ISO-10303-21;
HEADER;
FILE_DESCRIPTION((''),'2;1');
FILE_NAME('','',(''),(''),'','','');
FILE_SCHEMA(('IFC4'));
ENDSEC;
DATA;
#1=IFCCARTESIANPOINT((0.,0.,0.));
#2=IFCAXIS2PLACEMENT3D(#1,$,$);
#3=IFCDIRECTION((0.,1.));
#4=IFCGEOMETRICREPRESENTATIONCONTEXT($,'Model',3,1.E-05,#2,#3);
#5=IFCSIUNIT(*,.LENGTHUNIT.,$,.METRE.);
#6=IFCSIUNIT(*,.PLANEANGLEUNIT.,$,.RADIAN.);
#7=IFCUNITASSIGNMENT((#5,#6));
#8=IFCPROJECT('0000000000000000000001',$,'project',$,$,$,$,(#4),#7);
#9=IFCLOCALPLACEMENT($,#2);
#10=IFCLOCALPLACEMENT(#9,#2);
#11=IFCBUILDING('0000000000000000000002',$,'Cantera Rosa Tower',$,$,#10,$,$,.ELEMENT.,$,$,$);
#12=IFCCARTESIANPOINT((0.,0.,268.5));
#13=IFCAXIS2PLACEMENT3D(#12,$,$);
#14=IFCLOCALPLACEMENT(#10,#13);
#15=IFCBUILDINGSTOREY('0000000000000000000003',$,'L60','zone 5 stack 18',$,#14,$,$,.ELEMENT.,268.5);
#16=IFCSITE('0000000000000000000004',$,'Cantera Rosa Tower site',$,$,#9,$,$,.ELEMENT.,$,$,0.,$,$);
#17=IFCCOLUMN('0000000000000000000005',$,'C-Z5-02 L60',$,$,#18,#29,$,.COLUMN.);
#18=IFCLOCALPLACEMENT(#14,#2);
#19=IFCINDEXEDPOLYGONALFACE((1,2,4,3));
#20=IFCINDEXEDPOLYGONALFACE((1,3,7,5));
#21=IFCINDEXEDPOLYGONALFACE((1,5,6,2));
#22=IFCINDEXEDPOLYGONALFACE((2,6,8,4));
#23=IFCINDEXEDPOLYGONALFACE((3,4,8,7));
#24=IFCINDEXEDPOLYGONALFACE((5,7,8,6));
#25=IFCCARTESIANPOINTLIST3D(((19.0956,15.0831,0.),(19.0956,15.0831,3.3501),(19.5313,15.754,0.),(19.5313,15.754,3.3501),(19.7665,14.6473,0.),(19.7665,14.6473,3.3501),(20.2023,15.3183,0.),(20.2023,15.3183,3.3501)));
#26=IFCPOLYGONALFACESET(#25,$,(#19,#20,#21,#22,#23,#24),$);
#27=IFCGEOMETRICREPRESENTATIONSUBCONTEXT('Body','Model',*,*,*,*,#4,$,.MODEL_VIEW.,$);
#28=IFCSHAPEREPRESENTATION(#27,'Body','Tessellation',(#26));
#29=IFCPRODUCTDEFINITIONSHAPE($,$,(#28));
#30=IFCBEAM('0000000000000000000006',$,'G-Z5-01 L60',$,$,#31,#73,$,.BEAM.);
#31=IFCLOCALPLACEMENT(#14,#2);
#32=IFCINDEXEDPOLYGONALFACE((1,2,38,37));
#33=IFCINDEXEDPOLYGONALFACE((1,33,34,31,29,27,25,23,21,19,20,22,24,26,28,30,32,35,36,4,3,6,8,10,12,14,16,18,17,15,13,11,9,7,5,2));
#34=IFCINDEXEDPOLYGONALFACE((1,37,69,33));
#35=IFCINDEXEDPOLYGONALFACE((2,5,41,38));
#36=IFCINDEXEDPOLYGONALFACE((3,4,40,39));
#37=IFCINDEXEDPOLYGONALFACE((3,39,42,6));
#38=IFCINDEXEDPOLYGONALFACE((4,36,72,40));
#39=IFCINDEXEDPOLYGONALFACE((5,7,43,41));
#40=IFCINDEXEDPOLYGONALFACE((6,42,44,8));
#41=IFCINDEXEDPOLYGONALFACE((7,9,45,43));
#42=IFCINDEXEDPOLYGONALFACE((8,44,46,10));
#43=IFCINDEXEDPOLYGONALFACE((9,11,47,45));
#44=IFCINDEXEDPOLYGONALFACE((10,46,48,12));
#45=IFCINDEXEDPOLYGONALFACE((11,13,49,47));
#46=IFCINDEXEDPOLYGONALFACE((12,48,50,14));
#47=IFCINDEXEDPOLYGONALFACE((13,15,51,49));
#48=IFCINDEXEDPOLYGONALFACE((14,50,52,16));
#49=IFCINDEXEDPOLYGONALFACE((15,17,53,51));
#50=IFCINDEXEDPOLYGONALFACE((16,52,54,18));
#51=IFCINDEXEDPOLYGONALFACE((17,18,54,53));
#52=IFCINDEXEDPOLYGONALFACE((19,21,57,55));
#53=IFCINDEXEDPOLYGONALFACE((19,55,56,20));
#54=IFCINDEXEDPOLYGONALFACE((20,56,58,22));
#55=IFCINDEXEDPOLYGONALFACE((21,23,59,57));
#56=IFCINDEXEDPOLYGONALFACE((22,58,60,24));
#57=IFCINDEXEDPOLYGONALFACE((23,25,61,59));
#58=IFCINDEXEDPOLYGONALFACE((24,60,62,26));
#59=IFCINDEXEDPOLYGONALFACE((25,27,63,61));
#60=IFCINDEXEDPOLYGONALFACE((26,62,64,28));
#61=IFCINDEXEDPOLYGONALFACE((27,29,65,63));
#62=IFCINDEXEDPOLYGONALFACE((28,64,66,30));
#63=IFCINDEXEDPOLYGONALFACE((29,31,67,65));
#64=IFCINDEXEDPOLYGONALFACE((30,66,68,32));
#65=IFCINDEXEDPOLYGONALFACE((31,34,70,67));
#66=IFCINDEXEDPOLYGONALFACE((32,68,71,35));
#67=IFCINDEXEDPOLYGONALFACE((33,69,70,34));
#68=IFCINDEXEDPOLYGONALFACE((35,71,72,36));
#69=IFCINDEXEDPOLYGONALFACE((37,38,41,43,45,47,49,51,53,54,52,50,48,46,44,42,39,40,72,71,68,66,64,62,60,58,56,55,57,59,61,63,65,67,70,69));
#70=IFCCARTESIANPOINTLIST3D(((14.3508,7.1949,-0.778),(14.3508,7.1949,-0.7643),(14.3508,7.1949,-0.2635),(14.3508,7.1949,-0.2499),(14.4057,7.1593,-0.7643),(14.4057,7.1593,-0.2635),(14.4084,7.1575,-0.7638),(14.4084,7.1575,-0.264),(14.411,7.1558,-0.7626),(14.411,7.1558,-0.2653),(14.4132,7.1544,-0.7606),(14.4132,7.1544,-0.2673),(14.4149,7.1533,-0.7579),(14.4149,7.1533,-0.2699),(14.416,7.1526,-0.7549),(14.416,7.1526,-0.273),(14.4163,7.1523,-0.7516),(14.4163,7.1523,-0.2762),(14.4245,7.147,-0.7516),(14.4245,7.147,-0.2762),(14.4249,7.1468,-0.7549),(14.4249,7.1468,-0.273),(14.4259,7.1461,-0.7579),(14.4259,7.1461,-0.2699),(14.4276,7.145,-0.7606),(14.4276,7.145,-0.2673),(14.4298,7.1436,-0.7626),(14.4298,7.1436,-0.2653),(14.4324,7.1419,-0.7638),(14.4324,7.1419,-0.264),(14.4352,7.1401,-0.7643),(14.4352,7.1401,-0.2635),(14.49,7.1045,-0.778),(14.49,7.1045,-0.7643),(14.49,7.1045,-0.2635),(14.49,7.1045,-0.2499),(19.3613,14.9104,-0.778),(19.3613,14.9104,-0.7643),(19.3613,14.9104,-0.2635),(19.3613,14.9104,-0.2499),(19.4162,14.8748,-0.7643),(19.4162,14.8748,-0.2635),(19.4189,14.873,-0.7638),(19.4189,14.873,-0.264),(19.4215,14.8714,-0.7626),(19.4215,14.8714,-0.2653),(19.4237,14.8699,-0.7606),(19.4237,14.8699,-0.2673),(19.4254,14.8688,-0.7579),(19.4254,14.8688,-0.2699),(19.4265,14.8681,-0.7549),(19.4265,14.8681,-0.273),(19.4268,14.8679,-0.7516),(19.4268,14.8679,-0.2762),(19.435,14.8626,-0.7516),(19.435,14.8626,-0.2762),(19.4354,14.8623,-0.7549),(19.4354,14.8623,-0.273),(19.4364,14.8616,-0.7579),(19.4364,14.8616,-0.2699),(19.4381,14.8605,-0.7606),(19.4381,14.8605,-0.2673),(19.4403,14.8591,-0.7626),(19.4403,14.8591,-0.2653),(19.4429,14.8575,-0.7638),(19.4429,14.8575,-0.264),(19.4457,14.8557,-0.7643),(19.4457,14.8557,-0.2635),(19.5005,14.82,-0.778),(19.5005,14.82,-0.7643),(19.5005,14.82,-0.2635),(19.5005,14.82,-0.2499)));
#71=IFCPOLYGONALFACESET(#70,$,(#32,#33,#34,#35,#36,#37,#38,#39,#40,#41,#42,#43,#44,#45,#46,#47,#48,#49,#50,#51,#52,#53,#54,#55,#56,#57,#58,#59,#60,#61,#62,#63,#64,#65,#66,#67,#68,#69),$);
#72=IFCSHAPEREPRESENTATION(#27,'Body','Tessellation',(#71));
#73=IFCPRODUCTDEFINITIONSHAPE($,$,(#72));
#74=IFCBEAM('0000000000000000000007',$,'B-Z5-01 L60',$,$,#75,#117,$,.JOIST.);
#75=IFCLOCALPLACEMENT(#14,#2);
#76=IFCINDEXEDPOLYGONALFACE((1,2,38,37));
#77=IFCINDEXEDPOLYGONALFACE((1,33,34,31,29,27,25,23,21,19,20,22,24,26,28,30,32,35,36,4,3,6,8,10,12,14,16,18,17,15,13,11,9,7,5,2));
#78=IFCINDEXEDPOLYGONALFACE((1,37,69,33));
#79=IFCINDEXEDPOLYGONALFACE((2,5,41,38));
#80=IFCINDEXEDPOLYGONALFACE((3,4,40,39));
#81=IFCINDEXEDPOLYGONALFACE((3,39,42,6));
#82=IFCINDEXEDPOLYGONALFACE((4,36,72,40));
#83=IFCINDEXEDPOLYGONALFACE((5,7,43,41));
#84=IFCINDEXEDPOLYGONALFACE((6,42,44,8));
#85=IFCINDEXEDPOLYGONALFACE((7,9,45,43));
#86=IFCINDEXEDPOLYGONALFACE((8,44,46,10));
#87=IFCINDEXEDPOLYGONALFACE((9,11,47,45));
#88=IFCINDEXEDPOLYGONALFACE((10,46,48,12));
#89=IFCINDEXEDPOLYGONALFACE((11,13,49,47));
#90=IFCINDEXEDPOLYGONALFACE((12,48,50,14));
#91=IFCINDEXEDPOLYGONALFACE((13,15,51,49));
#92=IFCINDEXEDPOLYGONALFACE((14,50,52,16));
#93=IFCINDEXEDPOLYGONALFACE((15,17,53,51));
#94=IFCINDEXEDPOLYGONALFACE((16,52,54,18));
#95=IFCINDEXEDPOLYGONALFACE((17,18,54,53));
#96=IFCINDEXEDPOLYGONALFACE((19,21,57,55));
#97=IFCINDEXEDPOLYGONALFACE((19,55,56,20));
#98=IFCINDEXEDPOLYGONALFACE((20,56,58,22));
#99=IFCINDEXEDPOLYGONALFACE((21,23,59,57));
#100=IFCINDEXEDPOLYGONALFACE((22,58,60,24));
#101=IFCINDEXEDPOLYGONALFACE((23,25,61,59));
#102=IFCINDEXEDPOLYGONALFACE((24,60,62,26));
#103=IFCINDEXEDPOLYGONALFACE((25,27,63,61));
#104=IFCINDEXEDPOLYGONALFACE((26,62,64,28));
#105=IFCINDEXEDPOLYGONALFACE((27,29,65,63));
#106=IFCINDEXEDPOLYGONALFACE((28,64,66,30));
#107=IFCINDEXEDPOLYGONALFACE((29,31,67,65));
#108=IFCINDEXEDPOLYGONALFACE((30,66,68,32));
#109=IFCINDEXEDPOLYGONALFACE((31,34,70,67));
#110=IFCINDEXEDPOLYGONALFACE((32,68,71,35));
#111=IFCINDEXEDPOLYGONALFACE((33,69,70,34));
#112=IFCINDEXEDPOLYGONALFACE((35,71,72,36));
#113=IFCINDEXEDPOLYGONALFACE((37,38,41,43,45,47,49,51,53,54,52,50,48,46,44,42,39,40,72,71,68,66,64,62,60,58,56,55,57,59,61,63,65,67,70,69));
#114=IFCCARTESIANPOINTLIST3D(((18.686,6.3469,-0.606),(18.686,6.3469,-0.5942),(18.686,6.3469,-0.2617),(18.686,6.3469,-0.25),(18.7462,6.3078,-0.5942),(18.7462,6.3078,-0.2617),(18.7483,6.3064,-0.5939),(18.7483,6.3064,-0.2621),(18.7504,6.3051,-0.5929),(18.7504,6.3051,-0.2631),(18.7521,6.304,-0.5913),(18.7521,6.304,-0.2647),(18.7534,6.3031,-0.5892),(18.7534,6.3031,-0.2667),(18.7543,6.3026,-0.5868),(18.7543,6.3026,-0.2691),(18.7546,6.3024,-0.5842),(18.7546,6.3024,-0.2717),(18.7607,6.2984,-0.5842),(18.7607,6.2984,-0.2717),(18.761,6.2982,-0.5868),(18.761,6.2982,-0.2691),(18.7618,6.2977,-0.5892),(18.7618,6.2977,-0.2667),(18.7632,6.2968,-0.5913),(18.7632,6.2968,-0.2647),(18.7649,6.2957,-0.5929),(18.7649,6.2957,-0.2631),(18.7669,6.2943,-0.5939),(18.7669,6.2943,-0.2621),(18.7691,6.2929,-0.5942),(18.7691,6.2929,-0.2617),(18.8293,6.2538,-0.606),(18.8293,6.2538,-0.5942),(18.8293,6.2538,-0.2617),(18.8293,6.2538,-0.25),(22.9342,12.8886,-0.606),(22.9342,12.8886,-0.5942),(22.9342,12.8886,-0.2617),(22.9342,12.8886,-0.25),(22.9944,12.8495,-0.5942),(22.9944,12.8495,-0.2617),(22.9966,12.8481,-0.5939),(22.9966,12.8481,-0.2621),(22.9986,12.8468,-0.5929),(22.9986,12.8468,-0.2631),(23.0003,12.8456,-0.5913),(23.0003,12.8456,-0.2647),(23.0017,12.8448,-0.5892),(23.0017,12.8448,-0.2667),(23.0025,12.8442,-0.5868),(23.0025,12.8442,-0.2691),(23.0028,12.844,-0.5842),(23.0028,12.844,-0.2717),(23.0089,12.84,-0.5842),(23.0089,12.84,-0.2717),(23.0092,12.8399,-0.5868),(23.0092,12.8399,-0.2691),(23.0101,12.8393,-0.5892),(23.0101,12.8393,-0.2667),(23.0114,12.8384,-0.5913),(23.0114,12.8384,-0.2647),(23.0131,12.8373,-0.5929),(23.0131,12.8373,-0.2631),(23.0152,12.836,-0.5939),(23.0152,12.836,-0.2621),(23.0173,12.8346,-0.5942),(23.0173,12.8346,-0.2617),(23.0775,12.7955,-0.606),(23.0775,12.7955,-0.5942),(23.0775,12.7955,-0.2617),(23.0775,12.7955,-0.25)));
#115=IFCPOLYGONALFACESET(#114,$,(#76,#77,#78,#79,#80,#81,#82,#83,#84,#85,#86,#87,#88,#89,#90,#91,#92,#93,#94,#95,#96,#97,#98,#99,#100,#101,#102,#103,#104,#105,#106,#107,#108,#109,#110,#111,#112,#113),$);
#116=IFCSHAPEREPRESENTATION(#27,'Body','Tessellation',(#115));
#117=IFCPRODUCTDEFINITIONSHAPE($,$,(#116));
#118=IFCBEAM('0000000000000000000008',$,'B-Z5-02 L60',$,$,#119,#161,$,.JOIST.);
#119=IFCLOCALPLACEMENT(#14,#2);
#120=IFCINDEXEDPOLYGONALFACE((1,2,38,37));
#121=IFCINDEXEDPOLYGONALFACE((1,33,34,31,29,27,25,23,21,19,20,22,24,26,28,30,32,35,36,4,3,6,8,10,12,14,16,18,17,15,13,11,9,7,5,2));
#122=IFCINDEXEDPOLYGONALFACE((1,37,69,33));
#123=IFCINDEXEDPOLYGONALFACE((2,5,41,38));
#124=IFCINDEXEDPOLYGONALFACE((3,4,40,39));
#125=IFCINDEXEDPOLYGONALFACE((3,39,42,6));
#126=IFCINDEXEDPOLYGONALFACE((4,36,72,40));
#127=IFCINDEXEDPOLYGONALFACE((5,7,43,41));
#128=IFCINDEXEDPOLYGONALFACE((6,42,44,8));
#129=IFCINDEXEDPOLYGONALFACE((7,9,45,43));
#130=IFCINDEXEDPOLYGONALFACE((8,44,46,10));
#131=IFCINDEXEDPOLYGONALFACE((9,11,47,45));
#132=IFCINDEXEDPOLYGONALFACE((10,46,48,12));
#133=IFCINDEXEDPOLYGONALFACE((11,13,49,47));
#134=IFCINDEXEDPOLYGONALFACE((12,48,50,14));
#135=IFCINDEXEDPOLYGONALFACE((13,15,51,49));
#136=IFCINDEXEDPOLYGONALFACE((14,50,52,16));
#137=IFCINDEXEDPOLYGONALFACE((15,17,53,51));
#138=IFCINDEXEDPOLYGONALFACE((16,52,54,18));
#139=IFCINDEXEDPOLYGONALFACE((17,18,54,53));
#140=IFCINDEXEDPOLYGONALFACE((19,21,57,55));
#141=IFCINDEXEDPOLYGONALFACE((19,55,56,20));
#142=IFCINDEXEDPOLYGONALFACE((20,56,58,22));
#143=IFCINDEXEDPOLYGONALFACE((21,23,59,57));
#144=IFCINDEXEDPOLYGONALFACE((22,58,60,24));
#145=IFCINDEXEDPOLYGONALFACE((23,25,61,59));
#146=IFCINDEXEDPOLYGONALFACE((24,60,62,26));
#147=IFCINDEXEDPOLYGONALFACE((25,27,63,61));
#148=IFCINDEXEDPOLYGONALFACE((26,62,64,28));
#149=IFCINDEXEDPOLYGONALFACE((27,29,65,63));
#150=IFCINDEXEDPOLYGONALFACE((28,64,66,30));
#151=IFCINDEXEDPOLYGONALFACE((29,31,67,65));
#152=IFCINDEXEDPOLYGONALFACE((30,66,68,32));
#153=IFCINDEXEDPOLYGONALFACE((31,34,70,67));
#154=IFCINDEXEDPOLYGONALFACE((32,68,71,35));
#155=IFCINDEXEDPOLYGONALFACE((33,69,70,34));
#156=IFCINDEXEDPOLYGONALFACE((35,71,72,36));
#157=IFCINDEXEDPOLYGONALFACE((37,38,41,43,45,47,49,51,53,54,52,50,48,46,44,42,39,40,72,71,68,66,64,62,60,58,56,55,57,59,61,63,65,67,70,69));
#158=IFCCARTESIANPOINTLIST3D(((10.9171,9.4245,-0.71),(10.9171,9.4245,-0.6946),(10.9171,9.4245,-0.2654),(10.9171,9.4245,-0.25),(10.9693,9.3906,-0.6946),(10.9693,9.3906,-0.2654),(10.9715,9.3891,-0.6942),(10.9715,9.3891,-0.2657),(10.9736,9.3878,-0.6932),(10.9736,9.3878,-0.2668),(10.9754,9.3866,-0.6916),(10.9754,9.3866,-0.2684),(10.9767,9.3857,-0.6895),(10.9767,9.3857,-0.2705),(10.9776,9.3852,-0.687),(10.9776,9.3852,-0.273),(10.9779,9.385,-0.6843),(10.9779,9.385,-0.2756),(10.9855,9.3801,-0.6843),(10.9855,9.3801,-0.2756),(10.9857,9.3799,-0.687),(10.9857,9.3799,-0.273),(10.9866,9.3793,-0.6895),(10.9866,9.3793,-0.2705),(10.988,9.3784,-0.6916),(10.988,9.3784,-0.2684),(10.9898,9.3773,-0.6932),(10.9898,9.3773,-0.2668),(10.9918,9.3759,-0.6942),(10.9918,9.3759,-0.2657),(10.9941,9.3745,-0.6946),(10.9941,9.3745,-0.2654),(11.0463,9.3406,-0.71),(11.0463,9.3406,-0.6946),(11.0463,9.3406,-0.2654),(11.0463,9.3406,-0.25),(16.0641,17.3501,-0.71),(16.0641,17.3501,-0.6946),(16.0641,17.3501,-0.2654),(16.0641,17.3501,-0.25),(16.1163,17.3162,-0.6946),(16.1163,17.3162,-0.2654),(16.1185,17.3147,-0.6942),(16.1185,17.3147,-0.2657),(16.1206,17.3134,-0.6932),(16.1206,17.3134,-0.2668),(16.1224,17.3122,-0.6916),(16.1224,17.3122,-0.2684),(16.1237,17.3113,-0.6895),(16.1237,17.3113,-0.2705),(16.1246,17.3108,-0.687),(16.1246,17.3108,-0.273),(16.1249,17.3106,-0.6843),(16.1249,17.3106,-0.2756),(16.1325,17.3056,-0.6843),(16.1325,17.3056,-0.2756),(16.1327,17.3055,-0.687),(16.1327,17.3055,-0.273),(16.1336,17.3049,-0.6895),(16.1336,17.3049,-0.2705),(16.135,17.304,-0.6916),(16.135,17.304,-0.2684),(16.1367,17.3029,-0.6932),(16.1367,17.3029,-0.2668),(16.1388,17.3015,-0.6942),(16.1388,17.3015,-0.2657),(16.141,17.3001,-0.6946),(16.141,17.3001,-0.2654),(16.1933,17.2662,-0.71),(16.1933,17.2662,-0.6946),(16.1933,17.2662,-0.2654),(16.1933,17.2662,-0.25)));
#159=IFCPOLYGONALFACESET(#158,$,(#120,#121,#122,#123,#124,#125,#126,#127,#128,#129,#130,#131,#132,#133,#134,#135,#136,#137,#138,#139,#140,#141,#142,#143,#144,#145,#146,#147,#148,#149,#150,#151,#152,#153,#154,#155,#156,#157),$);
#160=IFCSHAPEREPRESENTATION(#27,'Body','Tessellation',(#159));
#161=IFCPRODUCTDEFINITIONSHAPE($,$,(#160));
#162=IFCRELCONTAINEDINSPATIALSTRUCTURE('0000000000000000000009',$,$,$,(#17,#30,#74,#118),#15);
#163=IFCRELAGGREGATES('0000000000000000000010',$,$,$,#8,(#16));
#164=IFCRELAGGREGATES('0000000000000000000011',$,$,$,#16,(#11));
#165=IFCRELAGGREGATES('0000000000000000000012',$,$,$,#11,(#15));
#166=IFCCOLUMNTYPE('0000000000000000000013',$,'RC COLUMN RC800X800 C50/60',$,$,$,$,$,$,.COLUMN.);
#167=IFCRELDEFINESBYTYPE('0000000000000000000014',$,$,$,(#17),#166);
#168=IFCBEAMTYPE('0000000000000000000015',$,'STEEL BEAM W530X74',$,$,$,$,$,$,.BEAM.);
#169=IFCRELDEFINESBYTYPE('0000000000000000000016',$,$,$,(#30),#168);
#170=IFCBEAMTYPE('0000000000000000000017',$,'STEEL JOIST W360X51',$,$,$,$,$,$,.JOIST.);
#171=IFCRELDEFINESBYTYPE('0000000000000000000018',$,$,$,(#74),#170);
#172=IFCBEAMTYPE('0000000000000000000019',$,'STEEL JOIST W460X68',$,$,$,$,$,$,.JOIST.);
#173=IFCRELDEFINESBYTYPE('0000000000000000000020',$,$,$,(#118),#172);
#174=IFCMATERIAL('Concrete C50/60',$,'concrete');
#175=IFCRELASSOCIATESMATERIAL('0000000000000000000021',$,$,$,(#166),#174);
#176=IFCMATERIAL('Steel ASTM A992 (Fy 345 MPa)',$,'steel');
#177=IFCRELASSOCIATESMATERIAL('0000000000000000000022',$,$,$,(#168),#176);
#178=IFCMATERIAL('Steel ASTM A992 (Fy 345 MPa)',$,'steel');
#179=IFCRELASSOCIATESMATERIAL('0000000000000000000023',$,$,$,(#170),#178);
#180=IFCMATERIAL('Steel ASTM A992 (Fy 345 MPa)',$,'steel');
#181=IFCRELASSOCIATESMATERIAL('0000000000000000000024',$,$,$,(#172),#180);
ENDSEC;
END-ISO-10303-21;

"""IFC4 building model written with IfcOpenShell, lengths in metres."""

from ifc_helpers import new_model, si_unit, direction, frame, origin, origin_2d, place, context, subcontext, project, spatial, rectangle, i_section, extrude, material, material_profile, profile_set, type_object, element, save


model = new_model("IFC4")

# Units and contexts
model_context = context("Model", 3, precision=1e-05, world=origin(), true_north=direction((0.0, 1.0)))
body_context = subcontext(model_context, "Body", "Model", "MODEL_VIEW")
ifc_project = project(units=[si_unit("LENGTHUNIT", "METRE"), si_unit("PLANEANGLEUNIT", "RADIAN")], contexts=[model_context])

# Site, building, storey
site_placement = place(None, origin())
site = spatial("IfcSite", under=ifc_project, at=site_placement, Name="Cantera Rosa Tower site", CompositionType="ELEMENT", RefElevation=0.0)
building_placement = place(site_placement, origin())
building = spatial("IfcBuilding", under=site, at=building_placement, Name="Cantera Rosa Tower", CompositionType="ELEMENT")
storey_placement = place(building_placement, frame((0.0, 0.0, 268.5)))
storey = spatial("IfcBuildingStorey", under=building, at=storey_placement, Name="L60", Description="zone 5 stack 18", CompositionType="ELEMENT", Elevation=268.5)

# Column
ifc_material_1 = material(Name="Concrete C50/60", Category="concrete")
ifc_material_profile_1 = material_profile(ifc_material_1, rectangle(XDim=0.8, YDim=0.8, at=origin_2d()), Name="RC COLUMN RC800X800 C50/60")
ifc_profile_set_1 = profile_set([ifc_material_profile_1], Name="Concrete C50/60")
column_type = type_object("IfcColumnType", Name="RC COLUMN RC800X800 C50/60", PredefinedType="COLUMN", material=ifc_profile_set_1)
column_placement = place(storey_placement, frame((19.6489, 15.2007, 0.0), z_axis=(0.0, 0.0, 1.0), x_axis=(0.544639, 0.838671, 0.0)))
element("IfcColumn", 1, at=column_placement, inside=storey, type_object=column_type, Name="C-Z5-02 L60", PredefinedType="COLUMN", context=body_context, shape_type="SweptSolid", body=[
    extrude(rectangle(XDim=0.8, YDim=0.8, at=origin_2d()), origin(), (0.0, 0.0, 1.0), 3.3501),
])

# Beams
ifc_material_2 = material(Name="Steel ASTM A992 (Fy 345 MPa)", Category="steel")
ifc_material_profile_2 = material_profile(ifc_material_2, i_section(OverallWidth=0.166, OverallDepth=0.5281, WebThickness=0.0098, FlangeThickness=0.0137, FilletRadius=0.0127, at=origin_2d()), Name="W530X74")
ifc_profile_set_2 = profile_set([ifc_material_profile_2], Name="Steel ASTM A992 (Fy 345 MPa)")
beam_type_1 = type_object("IfcBeamType", Name="STEEL BEAM W530X74", PredefinedType="BEAM", material=ifc_profile_set_2)
beam_1_placement = place(storey_placement, frame((19.4309, 14.8652, -0.5139), z_axis=(-0.544635, -0.838673, 0.0), x_axis=(0.838673, -0.544635, 0.0)))
element("IfcBeam", 2, at=beam_1_placement, inside=storey, type_object=beam_type_1, Name="G-Z5-01 L60", PredefinedType="BEAM", context=body_context, shape_type="SweptSolid", body=[
    extrude(i_section(OverallWidth=0.166, OverallDepth=0.5281, WebThickness=0.0098, FlangeThickness=0.0137, FilletRadius=0.0127, at=origin_2d()), origin(), (0.0, 0.0, 1.0), 9.1997),
])
ifc_material_3 = material(Name="Steel ASTM A992 (Fy 345 MPa)", Category="steel")
ifc_material_profile_3 = material_profile(ifc_material_3, i_section(OverallWidth=0.1709, OverallDepth=0.356, WebThickness=0.0073, FlangeThickness=0.0117, FilletRadius=0.01, at=origin_2d()), Name="W360X51")
ifc_profile_set_3 = profile_set([ifc_material_profile_3], Name="Steel ASTM A992 (Fy 345 MPa)")
beam_type_2 = type_object("IfcBeamType", Name="STEEL JOIST W360X51", PredefinedType="JOIST", material=ifc_profile_set_3)
beam_2_placement = place(storey_placement, frame((23.0059, 12.842, -0.428), z_axis=(-0.544642, -0.838669, 0.0), x_axis=(0.838669, -0.544642, 0.0)))
element("IfcBeam", 3, at=beam_2_placement, inside=storey, type_object=beam_type_2, Name="B-Z5-01 L60", PredefinedType="JOIST", context=body_context, shape_type="SweptSolid", body=[
    extrude(i_section(OverallWidth=0.1709, OverallDepth=0.356, WebThickness=0.0073, FlangeThickness=0.0117, FilletRadius=0.01, at=origin_2d()), origin(), (0.0, 0.0, 1.0), 7.8),
])
ifc_material_4 = material(Name="Steel ASTM A992 (Fy 345 MPa)", Category="steel")
ifc_material_profile_4 = material_profile(ifc_material_4, i_section(OverallWidth=0.1541, OverallDepth=0.46, WebThickness=0.009, FlangeThickness=0.0154, FilletRadius=0.0103, at=origin_2d()), Name="W460X68")
ifc_profile_set_4 = profile_set([ifc_material_profile_4], Name="Steel ASTM A992 (Fy 345 MPa)")
beam_type_3 = type_object("IfcBeamType", Name="STEEL JOIST W460X68", PredefinedType="JOIST", material=ifc_profile_set_4)
beam_3_placement = place(storey_placement, frame((16.1287, 17.3081, -0.48), z_axis=(-0.544644, -0.838667, 0.0), x_axis=(0.838667, -0.544644, 0.0)))
element("IfcBeam", 4, at=beam_3_placement, inside=storey, type_object=beam_type_3, Name="B-Z5-02 L60", PredefinedType="JOIST", context=body_context, shape_type="SweptSolid", body=[
    extrude(i_section(OverallWidth=0.1541, OverallDepth=0.46, WebThickness=0.009, FlangeThickness=0.0154, FilletRadius=0.0103, at=origin_2d()), origin(), (0.0, 0.0, 1.0), 9.4502),
])

save(model, "model.ifc")
